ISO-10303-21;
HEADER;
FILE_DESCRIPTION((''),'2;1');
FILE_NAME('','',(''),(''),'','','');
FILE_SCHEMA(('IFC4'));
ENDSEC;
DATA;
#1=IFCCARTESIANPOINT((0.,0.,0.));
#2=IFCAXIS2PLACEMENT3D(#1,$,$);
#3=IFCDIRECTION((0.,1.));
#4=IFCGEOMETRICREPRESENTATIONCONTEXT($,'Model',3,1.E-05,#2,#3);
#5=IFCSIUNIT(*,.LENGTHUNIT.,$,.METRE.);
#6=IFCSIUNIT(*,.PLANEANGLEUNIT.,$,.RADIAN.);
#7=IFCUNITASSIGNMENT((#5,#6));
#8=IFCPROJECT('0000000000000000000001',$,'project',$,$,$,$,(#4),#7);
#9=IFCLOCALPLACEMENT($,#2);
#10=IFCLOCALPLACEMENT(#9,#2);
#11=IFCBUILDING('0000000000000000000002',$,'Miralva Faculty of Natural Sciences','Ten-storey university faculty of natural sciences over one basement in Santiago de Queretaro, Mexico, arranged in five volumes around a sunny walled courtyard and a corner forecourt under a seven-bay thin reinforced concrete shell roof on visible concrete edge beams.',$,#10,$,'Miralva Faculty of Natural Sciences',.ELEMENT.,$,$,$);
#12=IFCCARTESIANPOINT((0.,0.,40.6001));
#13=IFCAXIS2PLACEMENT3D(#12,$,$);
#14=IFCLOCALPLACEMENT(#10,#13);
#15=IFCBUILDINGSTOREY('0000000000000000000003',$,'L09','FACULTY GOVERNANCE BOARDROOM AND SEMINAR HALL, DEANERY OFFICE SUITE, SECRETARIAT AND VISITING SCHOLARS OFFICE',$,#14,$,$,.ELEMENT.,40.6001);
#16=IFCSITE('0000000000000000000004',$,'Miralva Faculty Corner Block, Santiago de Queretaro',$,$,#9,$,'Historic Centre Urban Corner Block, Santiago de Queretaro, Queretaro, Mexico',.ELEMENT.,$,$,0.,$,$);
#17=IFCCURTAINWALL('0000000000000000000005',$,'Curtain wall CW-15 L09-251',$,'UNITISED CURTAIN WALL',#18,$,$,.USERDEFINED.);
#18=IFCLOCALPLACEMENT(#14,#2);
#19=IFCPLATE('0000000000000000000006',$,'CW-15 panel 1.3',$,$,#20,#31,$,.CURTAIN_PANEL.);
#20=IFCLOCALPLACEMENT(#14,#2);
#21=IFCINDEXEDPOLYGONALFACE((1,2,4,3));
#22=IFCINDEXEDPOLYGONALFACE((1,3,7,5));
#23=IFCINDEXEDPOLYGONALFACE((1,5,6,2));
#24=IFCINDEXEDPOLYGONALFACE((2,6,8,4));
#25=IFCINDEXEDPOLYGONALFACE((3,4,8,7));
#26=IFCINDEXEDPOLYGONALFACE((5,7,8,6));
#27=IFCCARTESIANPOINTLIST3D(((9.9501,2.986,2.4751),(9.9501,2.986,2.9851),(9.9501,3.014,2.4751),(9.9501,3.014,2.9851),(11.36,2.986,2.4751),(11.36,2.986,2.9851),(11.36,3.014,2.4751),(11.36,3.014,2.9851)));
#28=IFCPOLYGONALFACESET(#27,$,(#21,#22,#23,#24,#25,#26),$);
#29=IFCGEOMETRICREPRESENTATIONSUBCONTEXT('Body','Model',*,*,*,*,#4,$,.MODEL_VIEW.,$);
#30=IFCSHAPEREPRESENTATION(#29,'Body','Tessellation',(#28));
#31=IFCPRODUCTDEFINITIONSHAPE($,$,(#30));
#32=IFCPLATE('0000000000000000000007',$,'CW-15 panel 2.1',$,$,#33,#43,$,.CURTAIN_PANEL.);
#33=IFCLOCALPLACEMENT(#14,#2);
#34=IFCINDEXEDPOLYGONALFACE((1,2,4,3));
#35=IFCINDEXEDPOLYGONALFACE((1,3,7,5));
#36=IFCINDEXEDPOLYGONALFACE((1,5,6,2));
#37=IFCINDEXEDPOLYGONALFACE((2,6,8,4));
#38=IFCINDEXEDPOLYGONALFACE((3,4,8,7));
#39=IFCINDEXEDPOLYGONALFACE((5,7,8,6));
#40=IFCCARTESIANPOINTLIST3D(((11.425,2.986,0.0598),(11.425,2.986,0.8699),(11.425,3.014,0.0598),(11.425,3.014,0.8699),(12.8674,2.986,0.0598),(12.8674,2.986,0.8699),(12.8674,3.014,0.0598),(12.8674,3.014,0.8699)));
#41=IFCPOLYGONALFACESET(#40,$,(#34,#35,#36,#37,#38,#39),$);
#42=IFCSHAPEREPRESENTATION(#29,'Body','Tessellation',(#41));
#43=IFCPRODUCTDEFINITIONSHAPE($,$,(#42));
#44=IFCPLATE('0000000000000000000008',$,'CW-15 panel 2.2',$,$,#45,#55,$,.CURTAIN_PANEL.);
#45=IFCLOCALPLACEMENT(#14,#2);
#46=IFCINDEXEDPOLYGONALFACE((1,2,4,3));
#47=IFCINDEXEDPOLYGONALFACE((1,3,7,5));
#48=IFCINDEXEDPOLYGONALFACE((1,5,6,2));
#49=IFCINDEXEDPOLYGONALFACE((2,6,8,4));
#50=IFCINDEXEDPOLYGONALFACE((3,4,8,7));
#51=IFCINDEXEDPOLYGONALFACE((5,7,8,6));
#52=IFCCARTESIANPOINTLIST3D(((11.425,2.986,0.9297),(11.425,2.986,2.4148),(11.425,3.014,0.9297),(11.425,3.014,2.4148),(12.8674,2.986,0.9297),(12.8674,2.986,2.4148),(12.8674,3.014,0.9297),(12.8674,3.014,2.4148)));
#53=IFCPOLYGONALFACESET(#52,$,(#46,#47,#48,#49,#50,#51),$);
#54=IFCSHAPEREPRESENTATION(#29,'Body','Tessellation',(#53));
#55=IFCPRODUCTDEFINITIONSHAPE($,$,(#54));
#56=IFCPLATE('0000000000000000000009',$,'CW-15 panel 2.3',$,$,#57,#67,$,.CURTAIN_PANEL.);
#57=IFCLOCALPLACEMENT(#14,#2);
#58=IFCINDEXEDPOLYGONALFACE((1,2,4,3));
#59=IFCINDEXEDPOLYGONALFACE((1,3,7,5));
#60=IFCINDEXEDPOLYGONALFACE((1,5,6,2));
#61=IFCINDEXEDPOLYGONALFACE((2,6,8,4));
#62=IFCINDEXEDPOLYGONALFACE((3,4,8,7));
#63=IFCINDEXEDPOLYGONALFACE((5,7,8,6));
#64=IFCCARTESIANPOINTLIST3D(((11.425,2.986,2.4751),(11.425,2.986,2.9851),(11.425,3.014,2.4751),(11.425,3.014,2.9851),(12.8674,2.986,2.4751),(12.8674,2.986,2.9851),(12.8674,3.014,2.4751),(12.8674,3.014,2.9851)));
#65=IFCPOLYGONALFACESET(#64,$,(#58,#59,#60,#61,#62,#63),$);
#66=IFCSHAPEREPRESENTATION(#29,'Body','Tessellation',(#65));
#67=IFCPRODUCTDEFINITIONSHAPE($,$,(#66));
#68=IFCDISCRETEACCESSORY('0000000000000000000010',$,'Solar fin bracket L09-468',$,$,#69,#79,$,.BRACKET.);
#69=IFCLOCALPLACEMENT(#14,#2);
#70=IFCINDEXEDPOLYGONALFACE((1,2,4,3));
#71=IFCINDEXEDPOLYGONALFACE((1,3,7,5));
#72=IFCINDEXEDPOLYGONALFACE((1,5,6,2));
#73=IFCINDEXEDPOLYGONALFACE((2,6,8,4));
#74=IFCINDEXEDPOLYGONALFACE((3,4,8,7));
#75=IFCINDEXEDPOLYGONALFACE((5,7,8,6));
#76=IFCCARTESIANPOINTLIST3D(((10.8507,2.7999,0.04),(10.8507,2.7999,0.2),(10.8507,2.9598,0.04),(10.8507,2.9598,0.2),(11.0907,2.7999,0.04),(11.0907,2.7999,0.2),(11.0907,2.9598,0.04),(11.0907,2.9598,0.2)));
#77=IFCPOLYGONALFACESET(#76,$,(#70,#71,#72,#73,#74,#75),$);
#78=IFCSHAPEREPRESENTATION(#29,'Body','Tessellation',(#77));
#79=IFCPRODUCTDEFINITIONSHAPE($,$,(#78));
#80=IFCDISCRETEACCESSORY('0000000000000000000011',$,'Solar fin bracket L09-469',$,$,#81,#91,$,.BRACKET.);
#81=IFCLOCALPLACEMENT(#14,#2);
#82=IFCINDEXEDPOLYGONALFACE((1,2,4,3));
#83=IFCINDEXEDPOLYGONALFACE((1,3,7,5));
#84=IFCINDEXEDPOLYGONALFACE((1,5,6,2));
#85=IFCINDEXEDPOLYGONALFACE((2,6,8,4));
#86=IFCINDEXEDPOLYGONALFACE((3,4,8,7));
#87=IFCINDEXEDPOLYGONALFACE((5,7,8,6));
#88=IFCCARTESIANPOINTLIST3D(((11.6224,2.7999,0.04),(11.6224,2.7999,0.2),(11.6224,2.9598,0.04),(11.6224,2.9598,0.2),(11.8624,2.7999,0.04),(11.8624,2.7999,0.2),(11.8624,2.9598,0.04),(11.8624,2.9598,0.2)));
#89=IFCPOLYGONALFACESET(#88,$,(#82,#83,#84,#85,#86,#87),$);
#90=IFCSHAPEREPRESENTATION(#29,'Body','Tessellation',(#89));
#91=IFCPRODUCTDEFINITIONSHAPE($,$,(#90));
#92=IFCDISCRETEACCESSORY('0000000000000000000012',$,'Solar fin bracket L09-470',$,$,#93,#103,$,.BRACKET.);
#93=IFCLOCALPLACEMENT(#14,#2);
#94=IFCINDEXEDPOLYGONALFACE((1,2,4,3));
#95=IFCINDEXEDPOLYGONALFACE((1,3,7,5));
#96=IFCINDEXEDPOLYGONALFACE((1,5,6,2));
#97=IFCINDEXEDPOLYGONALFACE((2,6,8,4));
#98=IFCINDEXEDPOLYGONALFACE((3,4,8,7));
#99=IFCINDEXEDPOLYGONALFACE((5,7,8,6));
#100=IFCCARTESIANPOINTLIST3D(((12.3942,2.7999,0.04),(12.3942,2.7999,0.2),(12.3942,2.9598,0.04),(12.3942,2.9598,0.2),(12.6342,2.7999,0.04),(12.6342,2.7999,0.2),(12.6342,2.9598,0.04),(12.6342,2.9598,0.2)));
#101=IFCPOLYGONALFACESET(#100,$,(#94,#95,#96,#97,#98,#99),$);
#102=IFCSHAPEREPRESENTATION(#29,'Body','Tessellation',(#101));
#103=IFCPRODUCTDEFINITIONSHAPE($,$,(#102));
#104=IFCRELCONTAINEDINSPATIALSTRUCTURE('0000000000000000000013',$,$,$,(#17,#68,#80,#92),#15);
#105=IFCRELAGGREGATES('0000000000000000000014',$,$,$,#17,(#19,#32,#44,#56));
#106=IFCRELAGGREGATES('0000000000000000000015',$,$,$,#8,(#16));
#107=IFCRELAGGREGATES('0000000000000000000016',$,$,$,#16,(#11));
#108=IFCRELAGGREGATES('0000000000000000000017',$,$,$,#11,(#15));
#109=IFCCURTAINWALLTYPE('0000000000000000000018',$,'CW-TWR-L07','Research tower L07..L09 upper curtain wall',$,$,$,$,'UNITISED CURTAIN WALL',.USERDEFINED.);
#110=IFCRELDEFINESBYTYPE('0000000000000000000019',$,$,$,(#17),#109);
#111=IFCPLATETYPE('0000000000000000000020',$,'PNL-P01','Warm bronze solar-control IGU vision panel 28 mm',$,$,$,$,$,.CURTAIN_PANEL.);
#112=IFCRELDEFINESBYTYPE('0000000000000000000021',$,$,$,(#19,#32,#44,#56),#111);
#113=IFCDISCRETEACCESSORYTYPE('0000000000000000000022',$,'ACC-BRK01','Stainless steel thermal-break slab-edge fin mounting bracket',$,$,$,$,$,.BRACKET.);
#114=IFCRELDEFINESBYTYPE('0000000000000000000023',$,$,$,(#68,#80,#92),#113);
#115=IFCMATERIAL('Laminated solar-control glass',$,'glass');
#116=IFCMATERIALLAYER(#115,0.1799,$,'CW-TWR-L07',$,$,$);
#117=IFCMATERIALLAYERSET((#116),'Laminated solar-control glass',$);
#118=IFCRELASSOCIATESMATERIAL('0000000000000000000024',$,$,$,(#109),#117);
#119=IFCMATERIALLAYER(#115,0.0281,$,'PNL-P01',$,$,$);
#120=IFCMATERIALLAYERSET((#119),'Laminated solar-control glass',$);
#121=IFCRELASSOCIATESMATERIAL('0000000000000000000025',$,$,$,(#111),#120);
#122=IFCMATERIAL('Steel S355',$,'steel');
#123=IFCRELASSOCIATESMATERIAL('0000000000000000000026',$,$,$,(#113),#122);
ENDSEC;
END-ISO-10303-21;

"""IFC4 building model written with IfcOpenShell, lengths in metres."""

from ifc_helpers import new_model, si_unit, direction, frame, origin, origin_2d, place, context, subcontext, project, spatial, rectangle, extrude, material, layer, layer_set, type_object, element, aggregate, save


model = new_model("IFC4")

# Units and contexts
model_context = context("Model", 3, precision=1e-05, world=origin(), true_north=direction((0.0, 1.0)))
body_context = subcontext(model_context, "Body", "Model", "MODEL_VIEW")
ifc_project = project(units=[si_unit("LENGTHUNIT", "METRE"), si_unit("PLANEANGLEUNIT", "RADIAN")], contexts=[model_context])

# Site, building, storey
site_placement = place(None, origin())
site = spatial("IfcSite", under=ifc_project, at=site_placement, Name="Miralva Faculty Corner Block, Santiago de Queretaro", LongName="Historic Centre Urban Corner Block, Santiago de Queretaro, Queretaro, Mexico", CompositionType="ELEMENT", RefElevation=0.0)
building_placement = place(site_placement, origin())
building = spatial("IfcBuilding", under=site, at=building_placement, Name="Miralva Faculty of Natural Sciences", Description="Ten-storey university faculty of natural sciences over one basement in Santiago de Queretaro, Mexico, arranged in five volumes around a sunny walled courtyard and a corner forecourt under a seven-bay thin reinforced concrete shell roof on visible concrete edge beams.", LongName="Miralva Faculty of Natural Sciences", CompositionType="ELEMENT")
storey_placement = place(building_placement, frame((0.0, 0.0, 40.6001)))
storey = spatial("IfcBuildingStorey", under=building, at=storey_placement, Name="L09", Description="FACULTY GOVERNANCE BOARDROOM AND SEMINAR HALL, DEANERY OFFICE SUITE, SECRETARIAT AND VISITING SCHOLARS OFFICE", CompositionType="ELEMENT", Elevation=40.6001)

# Curtain wall
ifc_material_1 = material(Name="Laminated solar-control glass", Category="glass")
ifc_layer_1 = layer(ifc_material_1, 0.1799, Name="CW-TWR-L07")
ifc_layer_set_1 = layer_set([ifc_layer_1], Name="Laminated solar-control glass")
curtain_wall_type = type_object("IfcCurtainWallType", Name="CW-TWR-L07", Description="Research tower L07..L09 upper curtain wall", ElementType="UNITISED CURTAIN WALL", PredefinedType="USERDEFINED", material=ifc_layer_set_1)
curtain_wall_placement = place(storey_placement, origin())
curtain_wall = element("IfcCurtainWall", 1, at=curtain_wall_placement, inside=storey, type_object=curtain_wall_type, Name="Curtain wall CW-15 L09-251", ObjectType="UNITISED CURTAIN WALL", PredefinedType="USERDEFINED")

# Plates
ifc_layer_2 = layer(ifc_material_1, 0.0281, Name="PNL-P01")
ifc_layer_set_2 = layer_set([ifc_layer_2], Name="Laminated solar-control glass")
plate_type = type_object("IfcPlateType", Name="PNL-P01", Description="Warm bronze solar-control IGU vision panel 28 mm", PredefinedType="CURTAIN_PANEL", material=ifc_layer_set_2)
plate_1_placement = place(storey_placement, frame((10.655, 3.0, 2.4751), z_axis=(0.0, 0.0, 1.0), x_axis=(1.0, 0.0, 0.0)))
plate_1 = element("IfcPlate", 2, at=plate_1_placement, type_object=plate_type, Name="CW-15 panel 1.3", PredefinedType="CURTAIN_PANEL", context=body_context, shape_type="SweptSolid", body=[
    extrude(rectangle(XDim=1.4099, YDim=0.0281, at=origin_2d()), origin(), (0.0, 0.0, 1.0), 0.51),
])
plate_2_placement = place(storey_placement, frame((12.1462, 3.0, 0.0598), z_axis=(0.0, 0.0, 1.0), x_axis=(1.0, 0.0, 0.0)))
plate_2 = element("IfcPlate", 3, at=plate_2_placement, type_object=plate_type, Name="CW-15 panel 2.1", PredefinedType="CURTAIN_PANEL", context=body_context, shape_type="SweptSolid", body=[
    extrude(rectangle(XDim=1.4424, YDim=0.0281, at=origin_2d()), origin(), (0.0, 0.0, 1.0), 0.8101),
])
plate_3_placement = place(storey_placement, frame((12.1462, 3.0, 0.9297), z_axis=(0.0, 0.0, 1.0), x_axis=(1.0, 0.0, 0.0)))
plate_3 = element("IfcPlate", 4, at=plate_3_placement, type_object=plate_type, Name="CW-15 panel 2.2", PredefinedType="CURTAIN_PANEL", context=body_context, shape_type="SweptSolid", body=[
    extrude(rectangle(XDim=1.4424, YDim=0.0281, at=origin_2d()), origin(), (0.0, 0.0, 1.0), 1.4851),
])
plate_4_placement = place(storey_placement, frame((12.1462, 3.0, 2.4751), z_axis=(0.0, 0.0, 1.0), x_axis=(1.0, 0.0, 0.0)))
plate_4 = element("IfcPlate", 5, at=plate_4_placement, type_object=plate_type, Name="CW-15 panel 2.3", PredefinedType="CURTAIN_PANEL", context=body_context, shape_type="SweptSolid", body=[
    extrude(rectangle(XDim=1.4424, YDim=0.0281, at=origin_2d()), origin(), (0.0, 0.0, 1.0), 0.51),
])
aggregate(curtain_wall, [plate_1, plate_2, plate_3, plate_4])

# Discrete accessories
ifc_material_2 = material(Name="Steel S355", Category="steel")
discrete_accessory_type = type_object("IfcDiscreteAccessoryType", Name="ACC-BRK01", Description="Stainless steel thermal-break slab-edge fin mounting bracket", PredefinedType="BRACKET", material=ifc_material_2)
for number, where, z_axis, x_axis, name in (
    (6, (10.9707, 2.8799, 0.04), (0.0, 0.0, 1.0), (0.0, -1.0, 0.0), "Solar fin bracket L09-468"),
    (7, (11.7424, 2.8799, 0.04), (0.0, 0.0, 1.0), (0.0, -1.0, 0.0), "Solar fin bracket L09-469"),
    (8, (12.5142, 2.8799, 0.04), (0.0, 0.0, 1.0), (0.0, -1.0, 0.0), "Solar fin bracket L09-470"),
):
    element("IfcDiscreteAccessory", number, at=place(storey_placement, frame(where, z_axis=z_axis, x_axis=x_axis)), inside=storey, type_object=discrete_accessory_type, Name=name, PredefinedType="BRACKET", context=body_context, shape_type="SweptSolid", body=[
        extrude(rectangle(XDim=0.1599, YDim=0.24, at=origin_2d()), origin(), (0.0, 0.0, 1.0), 0.1599),
    ])

save(model, "model.ifc")
